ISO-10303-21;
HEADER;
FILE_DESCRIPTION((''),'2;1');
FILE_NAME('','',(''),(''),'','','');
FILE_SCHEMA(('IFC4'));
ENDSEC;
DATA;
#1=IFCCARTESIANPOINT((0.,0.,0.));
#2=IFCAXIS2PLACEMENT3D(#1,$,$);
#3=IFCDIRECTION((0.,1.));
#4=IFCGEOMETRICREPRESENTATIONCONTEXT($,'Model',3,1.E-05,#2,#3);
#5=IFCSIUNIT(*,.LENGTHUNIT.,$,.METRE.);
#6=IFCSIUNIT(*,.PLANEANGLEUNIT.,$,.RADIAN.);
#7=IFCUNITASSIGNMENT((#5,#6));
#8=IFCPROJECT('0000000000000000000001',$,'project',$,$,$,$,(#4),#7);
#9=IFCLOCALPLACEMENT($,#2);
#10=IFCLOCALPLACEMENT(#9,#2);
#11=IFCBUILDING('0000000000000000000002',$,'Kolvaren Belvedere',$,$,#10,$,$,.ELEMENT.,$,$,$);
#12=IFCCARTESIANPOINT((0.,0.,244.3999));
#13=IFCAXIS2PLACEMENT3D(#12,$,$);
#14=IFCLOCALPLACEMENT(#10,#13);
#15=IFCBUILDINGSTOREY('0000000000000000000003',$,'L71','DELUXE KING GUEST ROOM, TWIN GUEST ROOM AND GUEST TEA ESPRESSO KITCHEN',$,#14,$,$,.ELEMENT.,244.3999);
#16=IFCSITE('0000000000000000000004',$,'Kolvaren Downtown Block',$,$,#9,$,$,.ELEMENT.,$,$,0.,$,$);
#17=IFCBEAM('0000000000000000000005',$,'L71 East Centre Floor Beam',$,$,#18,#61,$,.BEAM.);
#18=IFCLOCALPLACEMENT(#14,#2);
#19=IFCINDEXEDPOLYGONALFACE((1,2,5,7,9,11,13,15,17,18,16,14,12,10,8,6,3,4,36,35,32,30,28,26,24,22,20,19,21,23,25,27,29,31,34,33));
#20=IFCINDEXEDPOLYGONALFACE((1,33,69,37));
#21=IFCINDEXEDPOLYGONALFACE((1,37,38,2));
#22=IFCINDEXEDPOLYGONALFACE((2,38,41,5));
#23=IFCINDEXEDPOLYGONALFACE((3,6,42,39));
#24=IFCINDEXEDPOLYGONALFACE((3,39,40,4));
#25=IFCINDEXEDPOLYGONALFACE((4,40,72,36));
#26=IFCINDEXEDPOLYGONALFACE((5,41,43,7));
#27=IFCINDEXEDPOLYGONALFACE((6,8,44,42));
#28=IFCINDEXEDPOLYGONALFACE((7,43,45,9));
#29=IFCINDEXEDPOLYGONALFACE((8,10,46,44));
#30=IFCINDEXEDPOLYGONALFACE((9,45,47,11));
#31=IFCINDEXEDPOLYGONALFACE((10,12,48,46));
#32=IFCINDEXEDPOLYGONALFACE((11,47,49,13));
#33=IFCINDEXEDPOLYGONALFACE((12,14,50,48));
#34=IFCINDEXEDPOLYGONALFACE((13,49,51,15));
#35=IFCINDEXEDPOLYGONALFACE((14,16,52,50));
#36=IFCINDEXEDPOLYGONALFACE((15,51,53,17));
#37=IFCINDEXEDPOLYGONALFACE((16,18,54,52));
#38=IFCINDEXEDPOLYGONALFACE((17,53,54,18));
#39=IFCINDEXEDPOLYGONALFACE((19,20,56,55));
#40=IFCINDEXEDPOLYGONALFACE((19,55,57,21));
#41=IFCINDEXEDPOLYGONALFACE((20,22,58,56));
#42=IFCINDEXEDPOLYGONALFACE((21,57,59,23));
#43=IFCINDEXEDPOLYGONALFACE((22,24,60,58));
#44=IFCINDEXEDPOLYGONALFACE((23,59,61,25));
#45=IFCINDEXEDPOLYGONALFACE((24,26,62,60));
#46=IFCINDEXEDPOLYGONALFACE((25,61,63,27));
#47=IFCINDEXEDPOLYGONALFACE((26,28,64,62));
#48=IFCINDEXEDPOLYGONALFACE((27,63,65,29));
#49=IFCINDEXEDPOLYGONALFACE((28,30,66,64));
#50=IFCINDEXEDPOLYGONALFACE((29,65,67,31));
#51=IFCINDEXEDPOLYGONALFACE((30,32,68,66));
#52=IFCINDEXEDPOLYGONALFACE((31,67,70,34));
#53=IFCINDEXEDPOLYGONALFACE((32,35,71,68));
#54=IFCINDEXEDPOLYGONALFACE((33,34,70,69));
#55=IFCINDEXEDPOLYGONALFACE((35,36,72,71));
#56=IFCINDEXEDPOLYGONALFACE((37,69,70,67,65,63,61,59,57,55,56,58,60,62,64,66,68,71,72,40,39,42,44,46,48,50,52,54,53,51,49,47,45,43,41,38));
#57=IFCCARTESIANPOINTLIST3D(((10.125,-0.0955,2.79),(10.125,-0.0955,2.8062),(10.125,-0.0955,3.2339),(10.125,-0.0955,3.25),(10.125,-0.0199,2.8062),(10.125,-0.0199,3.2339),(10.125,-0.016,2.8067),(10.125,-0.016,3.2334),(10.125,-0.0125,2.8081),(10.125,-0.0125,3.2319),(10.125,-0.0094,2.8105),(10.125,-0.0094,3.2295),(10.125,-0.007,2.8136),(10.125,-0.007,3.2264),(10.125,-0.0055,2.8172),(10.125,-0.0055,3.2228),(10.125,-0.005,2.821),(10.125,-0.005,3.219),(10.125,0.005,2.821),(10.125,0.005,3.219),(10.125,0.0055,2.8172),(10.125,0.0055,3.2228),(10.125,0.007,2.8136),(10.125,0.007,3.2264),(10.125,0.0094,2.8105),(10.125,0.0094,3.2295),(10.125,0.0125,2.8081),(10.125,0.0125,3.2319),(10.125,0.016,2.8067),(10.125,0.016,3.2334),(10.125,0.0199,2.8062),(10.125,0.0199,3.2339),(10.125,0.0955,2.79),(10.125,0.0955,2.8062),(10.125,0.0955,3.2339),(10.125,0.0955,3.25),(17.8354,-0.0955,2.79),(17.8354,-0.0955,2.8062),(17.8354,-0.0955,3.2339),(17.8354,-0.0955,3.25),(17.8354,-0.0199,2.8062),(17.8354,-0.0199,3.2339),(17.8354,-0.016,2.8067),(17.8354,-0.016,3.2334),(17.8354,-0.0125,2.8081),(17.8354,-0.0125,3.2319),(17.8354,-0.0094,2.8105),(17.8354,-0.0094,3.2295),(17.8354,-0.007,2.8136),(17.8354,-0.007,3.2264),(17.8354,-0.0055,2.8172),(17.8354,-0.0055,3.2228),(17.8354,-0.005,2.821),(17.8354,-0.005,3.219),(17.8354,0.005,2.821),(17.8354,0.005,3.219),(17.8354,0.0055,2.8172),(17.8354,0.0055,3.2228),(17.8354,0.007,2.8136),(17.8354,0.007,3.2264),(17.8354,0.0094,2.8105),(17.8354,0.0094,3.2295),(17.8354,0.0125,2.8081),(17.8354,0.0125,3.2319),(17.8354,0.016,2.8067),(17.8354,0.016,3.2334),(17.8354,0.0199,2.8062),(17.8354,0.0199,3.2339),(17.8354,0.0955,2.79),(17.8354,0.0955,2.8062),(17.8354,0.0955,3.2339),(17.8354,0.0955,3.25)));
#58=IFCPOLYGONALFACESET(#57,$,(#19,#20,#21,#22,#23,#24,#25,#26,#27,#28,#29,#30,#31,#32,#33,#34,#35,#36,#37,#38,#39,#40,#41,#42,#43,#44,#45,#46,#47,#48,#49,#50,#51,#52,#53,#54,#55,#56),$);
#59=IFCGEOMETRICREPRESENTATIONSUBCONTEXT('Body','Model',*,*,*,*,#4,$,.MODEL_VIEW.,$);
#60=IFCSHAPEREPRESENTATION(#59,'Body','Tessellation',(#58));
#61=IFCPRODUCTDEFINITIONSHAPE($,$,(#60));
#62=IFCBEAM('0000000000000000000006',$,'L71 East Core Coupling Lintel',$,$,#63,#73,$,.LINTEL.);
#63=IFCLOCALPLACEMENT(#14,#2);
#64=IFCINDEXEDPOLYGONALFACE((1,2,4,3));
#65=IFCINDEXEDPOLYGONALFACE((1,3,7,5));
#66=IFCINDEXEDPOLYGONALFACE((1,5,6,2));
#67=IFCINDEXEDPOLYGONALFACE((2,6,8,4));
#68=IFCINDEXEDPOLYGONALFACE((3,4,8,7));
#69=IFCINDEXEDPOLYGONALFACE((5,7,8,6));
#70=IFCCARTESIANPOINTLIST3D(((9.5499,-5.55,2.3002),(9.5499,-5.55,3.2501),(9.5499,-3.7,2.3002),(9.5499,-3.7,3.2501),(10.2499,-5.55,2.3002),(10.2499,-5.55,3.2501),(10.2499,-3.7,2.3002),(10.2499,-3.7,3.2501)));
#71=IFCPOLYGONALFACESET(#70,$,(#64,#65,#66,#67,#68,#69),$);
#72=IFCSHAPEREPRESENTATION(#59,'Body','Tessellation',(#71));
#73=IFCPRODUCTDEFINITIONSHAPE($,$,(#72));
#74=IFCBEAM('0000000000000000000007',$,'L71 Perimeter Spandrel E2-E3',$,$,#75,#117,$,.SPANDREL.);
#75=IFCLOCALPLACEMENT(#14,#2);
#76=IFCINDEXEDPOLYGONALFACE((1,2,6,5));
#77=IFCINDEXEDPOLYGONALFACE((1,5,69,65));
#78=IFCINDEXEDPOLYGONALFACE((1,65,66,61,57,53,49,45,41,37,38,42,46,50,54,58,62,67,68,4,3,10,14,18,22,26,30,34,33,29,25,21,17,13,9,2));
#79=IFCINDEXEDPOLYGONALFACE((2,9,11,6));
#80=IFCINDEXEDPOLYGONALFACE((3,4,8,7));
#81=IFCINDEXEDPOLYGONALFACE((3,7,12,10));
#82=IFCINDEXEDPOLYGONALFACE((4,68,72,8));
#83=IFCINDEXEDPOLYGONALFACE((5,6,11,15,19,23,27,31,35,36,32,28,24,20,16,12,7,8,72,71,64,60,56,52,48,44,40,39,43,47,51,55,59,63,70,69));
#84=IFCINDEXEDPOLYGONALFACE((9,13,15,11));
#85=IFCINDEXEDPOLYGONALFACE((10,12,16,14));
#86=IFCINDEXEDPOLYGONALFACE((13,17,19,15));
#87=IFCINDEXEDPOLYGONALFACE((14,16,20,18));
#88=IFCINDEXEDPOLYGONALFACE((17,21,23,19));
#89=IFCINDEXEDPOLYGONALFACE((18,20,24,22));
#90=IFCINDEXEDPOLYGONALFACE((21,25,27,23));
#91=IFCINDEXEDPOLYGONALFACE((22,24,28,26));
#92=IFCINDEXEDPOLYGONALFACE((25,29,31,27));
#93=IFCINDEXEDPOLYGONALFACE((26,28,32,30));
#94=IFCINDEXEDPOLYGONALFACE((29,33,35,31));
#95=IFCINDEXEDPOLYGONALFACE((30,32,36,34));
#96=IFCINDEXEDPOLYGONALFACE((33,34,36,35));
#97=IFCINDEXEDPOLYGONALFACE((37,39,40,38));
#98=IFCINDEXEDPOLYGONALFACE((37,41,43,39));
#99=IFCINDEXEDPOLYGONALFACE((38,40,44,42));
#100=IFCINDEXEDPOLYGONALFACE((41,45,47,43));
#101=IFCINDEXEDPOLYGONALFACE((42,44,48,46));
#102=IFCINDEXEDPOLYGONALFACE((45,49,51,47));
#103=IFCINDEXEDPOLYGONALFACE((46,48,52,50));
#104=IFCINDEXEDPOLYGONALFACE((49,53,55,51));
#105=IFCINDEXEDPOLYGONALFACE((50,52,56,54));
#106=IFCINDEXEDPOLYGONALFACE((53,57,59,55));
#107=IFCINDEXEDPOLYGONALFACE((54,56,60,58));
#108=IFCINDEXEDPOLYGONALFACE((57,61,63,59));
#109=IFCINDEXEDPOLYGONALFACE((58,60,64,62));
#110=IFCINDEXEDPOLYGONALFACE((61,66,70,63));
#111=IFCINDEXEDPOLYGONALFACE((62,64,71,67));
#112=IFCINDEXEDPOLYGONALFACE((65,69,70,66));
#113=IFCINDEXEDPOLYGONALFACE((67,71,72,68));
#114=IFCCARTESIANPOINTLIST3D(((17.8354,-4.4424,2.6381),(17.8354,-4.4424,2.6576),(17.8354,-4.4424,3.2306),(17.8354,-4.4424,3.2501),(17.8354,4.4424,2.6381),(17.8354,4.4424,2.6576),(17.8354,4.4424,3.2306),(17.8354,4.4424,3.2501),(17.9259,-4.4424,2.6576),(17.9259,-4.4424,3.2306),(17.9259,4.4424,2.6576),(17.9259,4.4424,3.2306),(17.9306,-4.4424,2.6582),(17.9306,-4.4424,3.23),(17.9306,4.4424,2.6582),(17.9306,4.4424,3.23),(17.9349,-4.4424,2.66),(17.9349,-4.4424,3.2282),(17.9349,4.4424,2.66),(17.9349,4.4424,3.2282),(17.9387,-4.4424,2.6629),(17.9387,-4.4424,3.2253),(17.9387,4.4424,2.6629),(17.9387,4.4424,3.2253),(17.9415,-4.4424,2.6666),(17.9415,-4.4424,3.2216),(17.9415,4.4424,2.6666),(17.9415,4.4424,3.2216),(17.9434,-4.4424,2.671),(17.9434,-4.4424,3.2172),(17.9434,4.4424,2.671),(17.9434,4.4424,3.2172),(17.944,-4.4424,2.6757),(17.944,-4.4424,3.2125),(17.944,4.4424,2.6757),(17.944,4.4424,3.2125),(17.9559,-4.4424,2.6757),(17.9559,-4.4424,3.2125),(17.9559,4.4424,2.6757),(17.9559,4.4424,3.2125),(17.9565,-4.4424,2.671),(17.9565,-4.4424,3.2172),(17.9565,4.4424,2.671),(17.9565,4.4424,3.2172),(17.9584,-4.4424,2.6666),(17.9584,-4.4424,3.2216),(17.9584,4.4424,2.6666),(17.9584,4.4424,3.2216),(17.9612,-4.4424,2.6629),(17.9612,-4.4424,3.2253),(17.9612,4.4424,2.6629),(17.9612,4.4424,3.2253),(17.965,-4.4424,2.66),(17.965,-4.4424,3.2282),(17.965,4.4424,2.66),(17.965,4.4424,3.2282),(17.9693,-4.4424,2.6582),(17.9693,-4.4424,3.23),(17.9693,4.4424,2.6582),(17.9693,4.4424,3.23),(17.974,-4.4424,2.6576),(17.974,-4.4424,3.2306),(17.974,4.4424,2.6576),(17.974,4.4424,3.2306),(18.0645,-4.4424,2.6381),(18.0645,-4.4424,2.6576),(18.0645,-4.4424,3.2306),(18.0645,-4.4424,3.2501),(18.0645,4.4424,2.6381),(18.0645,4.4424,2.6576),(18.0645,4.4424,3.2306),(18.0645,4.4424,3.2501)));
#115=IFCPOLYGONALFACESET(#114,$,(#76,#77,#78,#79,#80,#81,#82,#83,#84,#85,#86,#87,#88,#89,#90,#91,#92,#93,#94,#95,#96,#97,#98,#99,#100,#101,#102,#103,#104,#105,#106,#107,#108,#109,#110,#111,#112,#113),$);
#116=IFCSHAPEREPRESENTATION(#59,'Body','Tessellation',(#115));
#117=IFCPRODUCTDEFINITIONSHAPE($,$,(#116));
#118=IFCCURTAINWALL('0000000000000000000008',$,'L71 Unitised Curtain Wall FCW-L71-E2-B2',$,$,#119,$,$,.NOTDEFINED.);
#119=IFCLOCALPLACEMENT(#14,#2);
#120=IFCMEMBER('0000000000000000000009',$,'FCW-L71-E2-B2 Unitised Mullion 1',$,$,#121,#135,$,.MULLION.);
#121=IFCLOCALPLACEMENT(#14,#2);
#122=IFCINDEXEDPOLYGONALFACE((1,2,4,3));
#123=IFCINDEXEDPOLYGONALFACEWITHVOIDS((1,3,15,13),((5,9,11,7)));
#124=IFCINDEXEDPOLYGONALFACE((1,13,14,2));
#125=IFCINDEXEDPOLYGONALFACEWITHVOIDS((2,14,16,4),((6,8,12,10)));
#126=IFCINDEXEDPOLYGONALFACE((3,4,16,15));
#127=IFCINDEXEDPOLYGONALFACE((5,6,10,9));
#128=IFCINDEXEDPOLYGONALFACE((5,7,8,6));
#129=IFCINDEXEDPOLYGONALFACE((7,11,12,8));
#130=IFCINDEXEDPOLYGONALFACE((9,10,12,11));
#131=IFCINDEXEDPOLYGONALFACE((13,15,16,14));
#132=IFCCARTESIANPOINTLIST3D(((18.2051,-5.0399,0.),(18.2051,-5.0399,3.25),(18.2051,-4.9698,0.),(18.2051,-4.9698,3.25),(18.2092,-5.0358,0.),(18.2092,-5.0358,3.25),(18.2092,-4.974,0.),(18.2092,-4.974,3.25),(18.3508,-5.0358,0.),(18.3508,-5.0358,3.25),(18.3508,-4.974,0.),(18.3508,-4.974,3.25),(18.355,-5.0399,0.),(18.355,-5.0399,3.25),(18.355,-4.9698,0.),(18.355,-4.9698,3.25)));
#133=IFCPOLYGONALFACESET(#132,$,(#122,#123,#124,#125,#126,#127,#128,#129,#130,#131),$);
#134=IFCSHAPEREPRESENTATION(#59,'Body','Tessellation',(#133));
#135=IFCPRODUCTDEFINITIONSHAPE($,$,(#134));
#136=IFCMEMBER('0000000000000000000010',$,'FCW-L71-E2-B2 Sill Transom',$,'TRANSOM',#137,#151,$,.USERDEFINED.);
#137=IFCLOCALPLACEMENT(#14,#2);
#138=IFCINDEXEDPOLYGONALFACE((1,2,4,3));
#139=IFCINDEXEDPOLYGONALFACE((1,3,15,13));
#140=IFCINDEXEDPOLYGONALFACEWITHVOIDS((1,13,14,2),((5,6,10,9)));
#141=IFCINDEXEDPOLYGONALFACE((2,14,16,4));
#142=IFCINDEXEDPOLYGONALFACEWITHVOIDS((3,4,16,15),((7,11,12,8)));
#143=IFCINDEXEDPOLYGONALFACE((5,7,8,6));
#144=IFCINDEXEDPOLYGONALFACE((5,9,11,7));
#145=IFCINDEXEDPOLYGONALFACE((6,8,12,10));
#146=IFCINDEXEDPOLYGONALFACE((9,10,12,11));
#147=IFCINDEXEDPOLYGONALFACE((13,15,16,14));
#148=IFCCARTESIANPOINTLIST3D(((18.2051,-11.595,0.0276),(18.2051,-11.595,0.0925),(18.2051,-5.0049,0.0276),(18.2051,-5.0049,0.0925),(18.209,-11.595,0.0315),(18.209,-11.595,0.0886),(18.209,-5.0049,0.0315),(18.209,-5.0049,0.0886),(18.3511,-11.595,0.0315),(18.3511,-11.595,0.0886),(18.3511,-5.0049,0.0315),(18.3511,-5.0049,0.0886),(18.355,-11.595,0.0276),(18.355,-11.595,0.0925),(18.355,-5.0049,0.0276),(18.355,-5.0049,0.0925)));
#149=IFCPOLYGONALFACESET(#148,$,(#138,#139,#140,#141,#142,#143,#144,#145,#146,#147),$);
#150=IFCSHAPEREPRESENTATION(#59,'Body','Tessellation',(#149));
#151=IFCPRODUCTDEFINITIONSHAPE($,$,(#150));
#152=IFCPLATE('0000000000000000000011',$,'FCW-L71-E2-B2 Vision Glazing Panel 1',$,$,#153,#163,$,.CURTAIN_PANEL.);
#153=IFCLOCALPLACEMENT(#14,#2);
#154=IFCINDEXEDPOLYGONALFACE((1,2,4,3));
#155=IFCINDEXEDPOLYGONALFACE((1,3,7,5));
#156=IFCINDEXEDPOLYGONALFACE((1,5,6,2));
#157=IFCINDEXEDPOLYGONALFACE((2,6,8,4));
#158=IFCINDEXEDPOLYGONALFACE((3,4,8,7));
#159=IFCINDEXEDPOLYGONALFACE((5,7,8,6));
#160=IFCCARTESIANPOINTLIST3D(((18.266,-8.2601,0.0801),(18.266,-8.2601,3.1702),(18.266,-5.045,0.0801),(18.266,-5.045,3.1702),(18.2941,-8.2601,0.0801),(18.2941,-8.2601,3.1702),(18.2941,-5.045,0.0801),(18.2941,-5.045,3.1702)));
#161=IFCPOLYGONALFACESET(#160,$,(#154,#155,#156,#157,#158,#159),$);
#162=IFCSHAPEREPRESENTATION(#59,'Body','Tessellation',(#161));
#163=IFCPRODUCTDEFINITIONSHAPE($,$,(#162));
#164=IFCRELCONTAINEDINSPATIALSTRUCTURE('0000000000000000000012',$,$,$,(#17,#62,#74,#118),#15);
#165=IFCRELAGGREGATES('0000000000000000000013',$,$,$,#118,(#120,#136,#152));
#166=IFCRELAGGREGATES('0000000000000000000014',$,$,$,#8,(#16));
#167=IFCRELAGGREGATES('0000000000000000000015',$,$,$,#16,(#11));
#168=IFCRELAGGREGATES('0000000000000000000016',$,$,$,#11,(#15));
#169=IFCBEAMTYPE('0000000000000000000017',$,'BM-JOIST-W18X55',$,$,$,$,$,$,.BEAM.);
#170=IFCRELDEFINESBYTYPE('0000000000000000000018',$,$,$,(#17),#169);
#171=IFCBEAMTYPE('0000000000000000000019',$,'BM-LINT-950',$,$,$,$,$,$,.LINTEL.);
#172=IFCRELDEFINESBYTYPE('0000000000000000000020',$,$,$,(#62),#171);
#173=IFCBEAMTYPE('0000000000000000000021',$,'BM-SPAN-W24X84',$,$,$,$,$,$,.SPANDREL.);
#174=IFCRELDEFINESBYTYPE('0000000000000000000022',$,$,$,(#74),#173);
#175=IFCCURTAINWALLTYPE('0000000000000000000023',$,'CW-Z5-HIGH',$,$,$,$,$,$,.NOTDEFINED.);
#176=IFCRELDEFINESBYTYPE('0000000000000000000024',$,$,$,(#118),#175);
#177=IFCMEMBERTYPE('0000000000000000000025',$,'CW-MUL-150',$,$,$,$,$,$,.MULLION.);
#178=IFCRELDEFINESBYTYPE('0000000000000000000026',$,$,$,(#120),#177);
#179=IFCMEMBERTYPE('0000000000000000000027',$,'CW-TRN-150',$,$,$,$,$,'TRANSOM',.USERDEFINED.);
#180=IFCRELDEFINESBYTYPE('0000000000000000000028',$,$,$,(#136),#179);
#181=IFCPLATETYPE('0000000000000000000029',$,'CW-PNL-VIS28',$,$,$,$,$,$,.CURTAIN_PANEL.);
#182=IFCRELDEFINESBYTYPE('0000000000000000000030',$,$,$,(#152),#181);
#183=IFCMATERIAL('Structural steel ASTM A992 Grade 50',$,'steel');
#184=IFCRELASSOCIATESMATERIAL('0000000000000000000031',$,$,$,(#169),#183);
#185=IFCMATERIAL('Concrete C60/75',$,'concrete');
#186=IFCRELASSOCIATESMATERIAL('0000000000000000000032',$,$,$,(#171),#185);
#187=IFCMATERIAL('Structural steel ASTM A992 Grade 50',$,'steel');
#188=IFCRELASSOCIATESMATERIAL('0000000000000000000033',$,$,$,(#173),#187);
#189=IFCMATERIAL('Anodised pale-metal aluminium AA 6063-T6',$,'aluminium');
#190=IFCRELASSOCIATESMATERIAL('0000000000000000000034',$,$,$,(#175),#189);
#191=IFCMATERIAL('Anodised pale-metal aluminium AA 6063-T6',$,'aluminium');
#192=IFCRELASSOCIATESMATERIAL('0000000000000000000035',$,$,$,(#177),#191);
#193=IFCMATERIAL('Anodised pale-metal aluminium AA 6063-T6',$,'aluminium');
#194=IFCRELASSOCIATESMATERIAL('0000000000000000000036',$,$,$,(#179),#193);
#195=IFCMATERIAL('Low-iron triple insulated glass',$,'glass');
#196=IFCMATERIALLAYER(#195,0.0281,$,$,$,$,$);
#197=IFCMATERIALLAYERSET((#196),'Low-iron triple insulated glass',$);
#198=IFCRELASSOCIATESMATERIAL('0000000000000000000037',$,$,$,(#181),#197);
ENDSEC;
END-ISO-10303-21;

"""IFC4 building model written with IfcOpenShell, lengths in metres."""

from ifc_helpers import new_model, si_unit, direction, frame, origin, origin_2d, place, context, subcontext, project, spatial, rectangle, hollow_rectangle, i_section, extrude, material, layer, layer_set, material_profile, profile_set, type_object, element, aggregate, save


model = new_model("IFC4")

# Units and contexts
model_context = context("Model", 3, precision=1e-05, world=origin(), true_north=direction((0.0, 1.0)))
body_context = subcontext(model_context, "Body", "Model", "MODEL_VIEW")
ifc_project = project(units=[si_unit("LENGTHUNIT", "METRE"), si_unit("PLANEANGLEUNIT", "RADIAN")], contexts=[model_context])

# Site, building, storey
site_placement = place(None, origin())
site = spatial("IfcSite", under=ifc_project, at=site_placement, Name="Kolvaren Downtown Block", CompositionType="ELEMENT", RefElevation=0.0)
building_placement = place(site_placement, origin())
building = spatial("IfcBuilding", under=site, at=building_placement, Name="Kolvaren Belvedere", CompositionType="ELEMENT")
storey_placement = place(building_placement, frame((0.0, 0.0, 244.3999)))
storey = spatial("IfcBuildingStorey", under=building, at=storey_placement, Name="L71", Description="DELUXE KING GUEST ROOM, TWIN GUEST ROOM AND GUEST TEA ESPRESSO KITCHEN", CompositionType="ELEMENT", Elevation=244.3999)

# Beams
ifc_material_1 = material(Name="Structural steel ASTM A992 Grade 50", Category="steel")
ifc_material_profile_1 = material_profile(ifc_material_1, i_section(OverallWidth=0.1909, OverallDepth=0.46, WebThickness=0.01, FlangeThickness=0.0161, FilletRadius=0.0149, at=origin_2d()), Name="W18X55")
ifc_profile_set_1 = profile_set([ifc_material_profile_1], Name="Structural steel ASTM A992 Grade 50")
beam_type_1 = type_object("IfcBeamType", Name="BM-JOIST-W18X55", PredefinedType="BEAM", material=ifc_profile_set_1)
beam_1_placement = place(storey_placement, frame((10.125, 0.0, 3.02), z_axis=(1.0, 0.0, 0.0), x_axis=(0.0, 1.0, 0.0)))
element("IfcBeam", 1, at=beam_1_placement, inside=storey, type_object=beam_type_1, Name="L71 East Centre Floor Beam", PredefinedType="BEAM", context=body_context, shape_type="SweptSolid", body=[
    extrude(i_section(OverallWidth=0.1909, OverallDepth=0.46, WebThickness=0.01, FlangeThickness=0.0161, FilletRadius=0.0149, at=origin_2d()), origin(), (0.0, 0.0, 1.0), 7.7104),
])
ifc_material_2 = material(Name="Concrete C60/75", Category="concrete")
ifc_material_profile_2 = material_profile(ifc_material_2, rectangle(XDim=0.7, YDim=0.95, at=origin_2d()), Name="RC 700X950")
ifc_profile_set_2 = profile_set([ifc_material_profile_2], Name="Concrete C60/75")
beam_type_2 = type_object("IfcBeamType", Name="BM-LINT-950", PredefinedType="LINTEL", material=ifc_profile_set_2)
beam_2_placement = place(storey_placement, frame((9.8999, -5.55, 2.7751), z_axis=(0.0, 1.0, 0.0), x_axis=(-1.0, 0.0, 0.0)))
element("IfcBeam", 2, at=beam_2_placement, inside=storey, type_object=beam_type_2, Name="L71 East Core Coupling Lintel", PredefinedType="LINTEL", context=body_context, shape_type="SweptSolid", body=[
    extrude(rectangle(XDim=0.7, YDim=0.95, at=origin_2d()), origin(), (0.0, 0.0, 1.0), 1.8501),
])
ifc_material_3 = material(Name="Structural steel ASTM A992 Grade 50", Category="steel")
ifc_material_profile_3 = material_profile(ifc_material_3, i_section(OverallWidth=0.229, OverallDepth=0.6121, WebThickness=0.012, FlangeThickness=0.0195, FilletRadius=0.0181, at=origin_2d()), Name="W24X84")
ifc_profile_set_3 = profile_set([ifc_material_profile_3], Name="Structural steel ASTM A992 Grade 50")
beam_type_3 = type_object("IfcBeamType", Name="BM-SPAN-W24X84", PredefinedType="SPANDREL", material=ifc_profile_set_3)
beam_3_placement = place(storey_placement, frame((17.95, -4.4424, 2.9441), z_axis=(0.0, 1.0, 0.0), x_axis=(-1.0, 0.0, 0.0)))
element("IfcBeam", 3, at=beam_3_placement, inside=storey, type_object=beam_type_3, Name="L71 Perimeter Spandrel E2-E3", PredefinedType="SPANDREL", context=body_context, shape_type="SweptSolid", body=[
    extrude(i_section(OverallWidth=0.229, OverallDepth=0.6121, WebThickness=0.012, FlangeThickness=0.0195, FilletRadius=0.0181, at=origin_2d()), origin(), (0.0, 0.0, 1.0), 8.8848),
])

# Curtain wall, members, plate
ifc_material_4 = material(Name="Anodised pale-metal aluminium AA 6063-T6", Category="aluminium")
curtain_wall_type = type_object("IfcCurtainWallType", Name="CW-Z5-HIGH", PredefinedType="NOTDEFINED", material=ifc_material_4)
curtain_wall_placement = place(storey_placement, origin())
curtain_wall = element("IfcCurtainWall", 4, at=curtain_wall_placement, inside=storey, type_object=curtain_wall_type, Name="L71 Unitised Curtain Wall FCW-L71-E2-B2", PredefinedType="NOTDEFINED")
ifc_material_5 = material(Name="Anodised pale-metal aluminium AA 6063-T6", Category="aluminium")
ifc_material_profile_4 = material_profile(ifc_material_5, hollow_rectangle(XDim=0.0701, YDim=0.1499, WallThickness=0.0042, at=origin_2d()), Name="ALU-MUL-150X70")
ifc_profile_set_4 = profile_set([ifc_material_profile_4], Name="Anodised pale-metal aluminium AA 6063-T6")
member_type_1 = type_object("IfcMemberType", Name="CW-MUL-150", PredefinedType="MULLION", material=ifc_profile_set_4)
member_1_placement = place(storey_placement, frame((18.28, -5.0049, 0.0), z_axis=(0.0, 0.0, 1.0), x_axis=(0.0, 1.0, 0.0)))
member_1 = element("IfcMember", 5, at=member_1_placement, type_object=member_type_1, Name="FCW-L71-E2-B2 Unitised Mullion 1", PredefinedType="MULLION", context=body_context, shape_type="SweptSolid", body=[
    extrude(hollow_rectangle(XDim=0.0701, YDim=0.1499, WallThickness=0.0042, at=origin_2d()), origin(), (0.0, 0.0, 1.0), 3.25),
])
ifc_material_6 = material(Name="Anodised pale-metal aluminium AA 6063-T6", Category="aluminium")
ifc_material_profile_5 = material_profile(ifc_material_6, hollow_rectangle(XDim=0.0649, YDim=0.1499, WallThickness=0.0039, at=origin_2d()), Name="ALU-TRN-150X65")
ifc_profile_set_5 = profile_set([ifc_material_profile_5], Name="Anodised pale-metal aluminium AA 6063-T6")
member_type_2 = type_object("IfcMemberType", Name="CW-TRN-150", ElementType="TRANSOM", PredefinedType="USERDEFINED", material=ifc_profile_set_5)
member_2_placement = place(storey_placement, frame((18.28, -5.0049, 0.0601), z_axis=(0.0, -1.0, 0.0), x_axis=(0.0, 0.0, 1.0)))
member_2 = element("IfcMember", 6, at=member_2_placement, type_object=member_type_2, Name="FCW-L71-E2-B2 Sill Transom", ObjectType="TRANSOM", PredefinedType="USERDEFINED", context=body_context, shape_type="SweptSolid", body=[
    extrude(hollow_rectangle(XDim=0.0649, YDim=0.1499, WallThickness=0.0039, at=origin_2d()), origin(), (0.0, 0.0, 1.0), 6.5901),
])
ifc_material_7 = material(Name="Low-iron triple insulated glass", Category="glass")
ifc_layer_1 = layer(ifc_material_7, 0.0281)
ifc_layer_set_1 = layer_set([ifc_layer_1], Name="Low-iron triple insulated glass")
plate_type = type_object("IfcPlateType", Name="CW-PNL-VIS28", PredefinedType="CURTAIN_PANEL", material=ifc_layer_set_1)
plate_placement = place(storey_placement, frame((18.28, -6.6526, 0.0801), z_axis=(0.0, 0.0, 1.0), x_axis=(0.0, -1.0, 0.0)))
plate = element("IfcPlate", 7, at=plate_placement, type_object=plate_type, Name="FCW-L71-E2-B2 Vision Glazing Panel 1", PredefinedType="CURTAIN_PANEL", context=body_context, shape_type="SweptSolid", body=[
    extrude(rectangle(XDim=3.2151, YDim=0.0281, at=origin_2d()), origin(), (0.0, 0.0, 1.0), 3.0901),
])
aggregate(curtain_wall, [member_1, member_2, plate])

save(model, "model.ifc")
